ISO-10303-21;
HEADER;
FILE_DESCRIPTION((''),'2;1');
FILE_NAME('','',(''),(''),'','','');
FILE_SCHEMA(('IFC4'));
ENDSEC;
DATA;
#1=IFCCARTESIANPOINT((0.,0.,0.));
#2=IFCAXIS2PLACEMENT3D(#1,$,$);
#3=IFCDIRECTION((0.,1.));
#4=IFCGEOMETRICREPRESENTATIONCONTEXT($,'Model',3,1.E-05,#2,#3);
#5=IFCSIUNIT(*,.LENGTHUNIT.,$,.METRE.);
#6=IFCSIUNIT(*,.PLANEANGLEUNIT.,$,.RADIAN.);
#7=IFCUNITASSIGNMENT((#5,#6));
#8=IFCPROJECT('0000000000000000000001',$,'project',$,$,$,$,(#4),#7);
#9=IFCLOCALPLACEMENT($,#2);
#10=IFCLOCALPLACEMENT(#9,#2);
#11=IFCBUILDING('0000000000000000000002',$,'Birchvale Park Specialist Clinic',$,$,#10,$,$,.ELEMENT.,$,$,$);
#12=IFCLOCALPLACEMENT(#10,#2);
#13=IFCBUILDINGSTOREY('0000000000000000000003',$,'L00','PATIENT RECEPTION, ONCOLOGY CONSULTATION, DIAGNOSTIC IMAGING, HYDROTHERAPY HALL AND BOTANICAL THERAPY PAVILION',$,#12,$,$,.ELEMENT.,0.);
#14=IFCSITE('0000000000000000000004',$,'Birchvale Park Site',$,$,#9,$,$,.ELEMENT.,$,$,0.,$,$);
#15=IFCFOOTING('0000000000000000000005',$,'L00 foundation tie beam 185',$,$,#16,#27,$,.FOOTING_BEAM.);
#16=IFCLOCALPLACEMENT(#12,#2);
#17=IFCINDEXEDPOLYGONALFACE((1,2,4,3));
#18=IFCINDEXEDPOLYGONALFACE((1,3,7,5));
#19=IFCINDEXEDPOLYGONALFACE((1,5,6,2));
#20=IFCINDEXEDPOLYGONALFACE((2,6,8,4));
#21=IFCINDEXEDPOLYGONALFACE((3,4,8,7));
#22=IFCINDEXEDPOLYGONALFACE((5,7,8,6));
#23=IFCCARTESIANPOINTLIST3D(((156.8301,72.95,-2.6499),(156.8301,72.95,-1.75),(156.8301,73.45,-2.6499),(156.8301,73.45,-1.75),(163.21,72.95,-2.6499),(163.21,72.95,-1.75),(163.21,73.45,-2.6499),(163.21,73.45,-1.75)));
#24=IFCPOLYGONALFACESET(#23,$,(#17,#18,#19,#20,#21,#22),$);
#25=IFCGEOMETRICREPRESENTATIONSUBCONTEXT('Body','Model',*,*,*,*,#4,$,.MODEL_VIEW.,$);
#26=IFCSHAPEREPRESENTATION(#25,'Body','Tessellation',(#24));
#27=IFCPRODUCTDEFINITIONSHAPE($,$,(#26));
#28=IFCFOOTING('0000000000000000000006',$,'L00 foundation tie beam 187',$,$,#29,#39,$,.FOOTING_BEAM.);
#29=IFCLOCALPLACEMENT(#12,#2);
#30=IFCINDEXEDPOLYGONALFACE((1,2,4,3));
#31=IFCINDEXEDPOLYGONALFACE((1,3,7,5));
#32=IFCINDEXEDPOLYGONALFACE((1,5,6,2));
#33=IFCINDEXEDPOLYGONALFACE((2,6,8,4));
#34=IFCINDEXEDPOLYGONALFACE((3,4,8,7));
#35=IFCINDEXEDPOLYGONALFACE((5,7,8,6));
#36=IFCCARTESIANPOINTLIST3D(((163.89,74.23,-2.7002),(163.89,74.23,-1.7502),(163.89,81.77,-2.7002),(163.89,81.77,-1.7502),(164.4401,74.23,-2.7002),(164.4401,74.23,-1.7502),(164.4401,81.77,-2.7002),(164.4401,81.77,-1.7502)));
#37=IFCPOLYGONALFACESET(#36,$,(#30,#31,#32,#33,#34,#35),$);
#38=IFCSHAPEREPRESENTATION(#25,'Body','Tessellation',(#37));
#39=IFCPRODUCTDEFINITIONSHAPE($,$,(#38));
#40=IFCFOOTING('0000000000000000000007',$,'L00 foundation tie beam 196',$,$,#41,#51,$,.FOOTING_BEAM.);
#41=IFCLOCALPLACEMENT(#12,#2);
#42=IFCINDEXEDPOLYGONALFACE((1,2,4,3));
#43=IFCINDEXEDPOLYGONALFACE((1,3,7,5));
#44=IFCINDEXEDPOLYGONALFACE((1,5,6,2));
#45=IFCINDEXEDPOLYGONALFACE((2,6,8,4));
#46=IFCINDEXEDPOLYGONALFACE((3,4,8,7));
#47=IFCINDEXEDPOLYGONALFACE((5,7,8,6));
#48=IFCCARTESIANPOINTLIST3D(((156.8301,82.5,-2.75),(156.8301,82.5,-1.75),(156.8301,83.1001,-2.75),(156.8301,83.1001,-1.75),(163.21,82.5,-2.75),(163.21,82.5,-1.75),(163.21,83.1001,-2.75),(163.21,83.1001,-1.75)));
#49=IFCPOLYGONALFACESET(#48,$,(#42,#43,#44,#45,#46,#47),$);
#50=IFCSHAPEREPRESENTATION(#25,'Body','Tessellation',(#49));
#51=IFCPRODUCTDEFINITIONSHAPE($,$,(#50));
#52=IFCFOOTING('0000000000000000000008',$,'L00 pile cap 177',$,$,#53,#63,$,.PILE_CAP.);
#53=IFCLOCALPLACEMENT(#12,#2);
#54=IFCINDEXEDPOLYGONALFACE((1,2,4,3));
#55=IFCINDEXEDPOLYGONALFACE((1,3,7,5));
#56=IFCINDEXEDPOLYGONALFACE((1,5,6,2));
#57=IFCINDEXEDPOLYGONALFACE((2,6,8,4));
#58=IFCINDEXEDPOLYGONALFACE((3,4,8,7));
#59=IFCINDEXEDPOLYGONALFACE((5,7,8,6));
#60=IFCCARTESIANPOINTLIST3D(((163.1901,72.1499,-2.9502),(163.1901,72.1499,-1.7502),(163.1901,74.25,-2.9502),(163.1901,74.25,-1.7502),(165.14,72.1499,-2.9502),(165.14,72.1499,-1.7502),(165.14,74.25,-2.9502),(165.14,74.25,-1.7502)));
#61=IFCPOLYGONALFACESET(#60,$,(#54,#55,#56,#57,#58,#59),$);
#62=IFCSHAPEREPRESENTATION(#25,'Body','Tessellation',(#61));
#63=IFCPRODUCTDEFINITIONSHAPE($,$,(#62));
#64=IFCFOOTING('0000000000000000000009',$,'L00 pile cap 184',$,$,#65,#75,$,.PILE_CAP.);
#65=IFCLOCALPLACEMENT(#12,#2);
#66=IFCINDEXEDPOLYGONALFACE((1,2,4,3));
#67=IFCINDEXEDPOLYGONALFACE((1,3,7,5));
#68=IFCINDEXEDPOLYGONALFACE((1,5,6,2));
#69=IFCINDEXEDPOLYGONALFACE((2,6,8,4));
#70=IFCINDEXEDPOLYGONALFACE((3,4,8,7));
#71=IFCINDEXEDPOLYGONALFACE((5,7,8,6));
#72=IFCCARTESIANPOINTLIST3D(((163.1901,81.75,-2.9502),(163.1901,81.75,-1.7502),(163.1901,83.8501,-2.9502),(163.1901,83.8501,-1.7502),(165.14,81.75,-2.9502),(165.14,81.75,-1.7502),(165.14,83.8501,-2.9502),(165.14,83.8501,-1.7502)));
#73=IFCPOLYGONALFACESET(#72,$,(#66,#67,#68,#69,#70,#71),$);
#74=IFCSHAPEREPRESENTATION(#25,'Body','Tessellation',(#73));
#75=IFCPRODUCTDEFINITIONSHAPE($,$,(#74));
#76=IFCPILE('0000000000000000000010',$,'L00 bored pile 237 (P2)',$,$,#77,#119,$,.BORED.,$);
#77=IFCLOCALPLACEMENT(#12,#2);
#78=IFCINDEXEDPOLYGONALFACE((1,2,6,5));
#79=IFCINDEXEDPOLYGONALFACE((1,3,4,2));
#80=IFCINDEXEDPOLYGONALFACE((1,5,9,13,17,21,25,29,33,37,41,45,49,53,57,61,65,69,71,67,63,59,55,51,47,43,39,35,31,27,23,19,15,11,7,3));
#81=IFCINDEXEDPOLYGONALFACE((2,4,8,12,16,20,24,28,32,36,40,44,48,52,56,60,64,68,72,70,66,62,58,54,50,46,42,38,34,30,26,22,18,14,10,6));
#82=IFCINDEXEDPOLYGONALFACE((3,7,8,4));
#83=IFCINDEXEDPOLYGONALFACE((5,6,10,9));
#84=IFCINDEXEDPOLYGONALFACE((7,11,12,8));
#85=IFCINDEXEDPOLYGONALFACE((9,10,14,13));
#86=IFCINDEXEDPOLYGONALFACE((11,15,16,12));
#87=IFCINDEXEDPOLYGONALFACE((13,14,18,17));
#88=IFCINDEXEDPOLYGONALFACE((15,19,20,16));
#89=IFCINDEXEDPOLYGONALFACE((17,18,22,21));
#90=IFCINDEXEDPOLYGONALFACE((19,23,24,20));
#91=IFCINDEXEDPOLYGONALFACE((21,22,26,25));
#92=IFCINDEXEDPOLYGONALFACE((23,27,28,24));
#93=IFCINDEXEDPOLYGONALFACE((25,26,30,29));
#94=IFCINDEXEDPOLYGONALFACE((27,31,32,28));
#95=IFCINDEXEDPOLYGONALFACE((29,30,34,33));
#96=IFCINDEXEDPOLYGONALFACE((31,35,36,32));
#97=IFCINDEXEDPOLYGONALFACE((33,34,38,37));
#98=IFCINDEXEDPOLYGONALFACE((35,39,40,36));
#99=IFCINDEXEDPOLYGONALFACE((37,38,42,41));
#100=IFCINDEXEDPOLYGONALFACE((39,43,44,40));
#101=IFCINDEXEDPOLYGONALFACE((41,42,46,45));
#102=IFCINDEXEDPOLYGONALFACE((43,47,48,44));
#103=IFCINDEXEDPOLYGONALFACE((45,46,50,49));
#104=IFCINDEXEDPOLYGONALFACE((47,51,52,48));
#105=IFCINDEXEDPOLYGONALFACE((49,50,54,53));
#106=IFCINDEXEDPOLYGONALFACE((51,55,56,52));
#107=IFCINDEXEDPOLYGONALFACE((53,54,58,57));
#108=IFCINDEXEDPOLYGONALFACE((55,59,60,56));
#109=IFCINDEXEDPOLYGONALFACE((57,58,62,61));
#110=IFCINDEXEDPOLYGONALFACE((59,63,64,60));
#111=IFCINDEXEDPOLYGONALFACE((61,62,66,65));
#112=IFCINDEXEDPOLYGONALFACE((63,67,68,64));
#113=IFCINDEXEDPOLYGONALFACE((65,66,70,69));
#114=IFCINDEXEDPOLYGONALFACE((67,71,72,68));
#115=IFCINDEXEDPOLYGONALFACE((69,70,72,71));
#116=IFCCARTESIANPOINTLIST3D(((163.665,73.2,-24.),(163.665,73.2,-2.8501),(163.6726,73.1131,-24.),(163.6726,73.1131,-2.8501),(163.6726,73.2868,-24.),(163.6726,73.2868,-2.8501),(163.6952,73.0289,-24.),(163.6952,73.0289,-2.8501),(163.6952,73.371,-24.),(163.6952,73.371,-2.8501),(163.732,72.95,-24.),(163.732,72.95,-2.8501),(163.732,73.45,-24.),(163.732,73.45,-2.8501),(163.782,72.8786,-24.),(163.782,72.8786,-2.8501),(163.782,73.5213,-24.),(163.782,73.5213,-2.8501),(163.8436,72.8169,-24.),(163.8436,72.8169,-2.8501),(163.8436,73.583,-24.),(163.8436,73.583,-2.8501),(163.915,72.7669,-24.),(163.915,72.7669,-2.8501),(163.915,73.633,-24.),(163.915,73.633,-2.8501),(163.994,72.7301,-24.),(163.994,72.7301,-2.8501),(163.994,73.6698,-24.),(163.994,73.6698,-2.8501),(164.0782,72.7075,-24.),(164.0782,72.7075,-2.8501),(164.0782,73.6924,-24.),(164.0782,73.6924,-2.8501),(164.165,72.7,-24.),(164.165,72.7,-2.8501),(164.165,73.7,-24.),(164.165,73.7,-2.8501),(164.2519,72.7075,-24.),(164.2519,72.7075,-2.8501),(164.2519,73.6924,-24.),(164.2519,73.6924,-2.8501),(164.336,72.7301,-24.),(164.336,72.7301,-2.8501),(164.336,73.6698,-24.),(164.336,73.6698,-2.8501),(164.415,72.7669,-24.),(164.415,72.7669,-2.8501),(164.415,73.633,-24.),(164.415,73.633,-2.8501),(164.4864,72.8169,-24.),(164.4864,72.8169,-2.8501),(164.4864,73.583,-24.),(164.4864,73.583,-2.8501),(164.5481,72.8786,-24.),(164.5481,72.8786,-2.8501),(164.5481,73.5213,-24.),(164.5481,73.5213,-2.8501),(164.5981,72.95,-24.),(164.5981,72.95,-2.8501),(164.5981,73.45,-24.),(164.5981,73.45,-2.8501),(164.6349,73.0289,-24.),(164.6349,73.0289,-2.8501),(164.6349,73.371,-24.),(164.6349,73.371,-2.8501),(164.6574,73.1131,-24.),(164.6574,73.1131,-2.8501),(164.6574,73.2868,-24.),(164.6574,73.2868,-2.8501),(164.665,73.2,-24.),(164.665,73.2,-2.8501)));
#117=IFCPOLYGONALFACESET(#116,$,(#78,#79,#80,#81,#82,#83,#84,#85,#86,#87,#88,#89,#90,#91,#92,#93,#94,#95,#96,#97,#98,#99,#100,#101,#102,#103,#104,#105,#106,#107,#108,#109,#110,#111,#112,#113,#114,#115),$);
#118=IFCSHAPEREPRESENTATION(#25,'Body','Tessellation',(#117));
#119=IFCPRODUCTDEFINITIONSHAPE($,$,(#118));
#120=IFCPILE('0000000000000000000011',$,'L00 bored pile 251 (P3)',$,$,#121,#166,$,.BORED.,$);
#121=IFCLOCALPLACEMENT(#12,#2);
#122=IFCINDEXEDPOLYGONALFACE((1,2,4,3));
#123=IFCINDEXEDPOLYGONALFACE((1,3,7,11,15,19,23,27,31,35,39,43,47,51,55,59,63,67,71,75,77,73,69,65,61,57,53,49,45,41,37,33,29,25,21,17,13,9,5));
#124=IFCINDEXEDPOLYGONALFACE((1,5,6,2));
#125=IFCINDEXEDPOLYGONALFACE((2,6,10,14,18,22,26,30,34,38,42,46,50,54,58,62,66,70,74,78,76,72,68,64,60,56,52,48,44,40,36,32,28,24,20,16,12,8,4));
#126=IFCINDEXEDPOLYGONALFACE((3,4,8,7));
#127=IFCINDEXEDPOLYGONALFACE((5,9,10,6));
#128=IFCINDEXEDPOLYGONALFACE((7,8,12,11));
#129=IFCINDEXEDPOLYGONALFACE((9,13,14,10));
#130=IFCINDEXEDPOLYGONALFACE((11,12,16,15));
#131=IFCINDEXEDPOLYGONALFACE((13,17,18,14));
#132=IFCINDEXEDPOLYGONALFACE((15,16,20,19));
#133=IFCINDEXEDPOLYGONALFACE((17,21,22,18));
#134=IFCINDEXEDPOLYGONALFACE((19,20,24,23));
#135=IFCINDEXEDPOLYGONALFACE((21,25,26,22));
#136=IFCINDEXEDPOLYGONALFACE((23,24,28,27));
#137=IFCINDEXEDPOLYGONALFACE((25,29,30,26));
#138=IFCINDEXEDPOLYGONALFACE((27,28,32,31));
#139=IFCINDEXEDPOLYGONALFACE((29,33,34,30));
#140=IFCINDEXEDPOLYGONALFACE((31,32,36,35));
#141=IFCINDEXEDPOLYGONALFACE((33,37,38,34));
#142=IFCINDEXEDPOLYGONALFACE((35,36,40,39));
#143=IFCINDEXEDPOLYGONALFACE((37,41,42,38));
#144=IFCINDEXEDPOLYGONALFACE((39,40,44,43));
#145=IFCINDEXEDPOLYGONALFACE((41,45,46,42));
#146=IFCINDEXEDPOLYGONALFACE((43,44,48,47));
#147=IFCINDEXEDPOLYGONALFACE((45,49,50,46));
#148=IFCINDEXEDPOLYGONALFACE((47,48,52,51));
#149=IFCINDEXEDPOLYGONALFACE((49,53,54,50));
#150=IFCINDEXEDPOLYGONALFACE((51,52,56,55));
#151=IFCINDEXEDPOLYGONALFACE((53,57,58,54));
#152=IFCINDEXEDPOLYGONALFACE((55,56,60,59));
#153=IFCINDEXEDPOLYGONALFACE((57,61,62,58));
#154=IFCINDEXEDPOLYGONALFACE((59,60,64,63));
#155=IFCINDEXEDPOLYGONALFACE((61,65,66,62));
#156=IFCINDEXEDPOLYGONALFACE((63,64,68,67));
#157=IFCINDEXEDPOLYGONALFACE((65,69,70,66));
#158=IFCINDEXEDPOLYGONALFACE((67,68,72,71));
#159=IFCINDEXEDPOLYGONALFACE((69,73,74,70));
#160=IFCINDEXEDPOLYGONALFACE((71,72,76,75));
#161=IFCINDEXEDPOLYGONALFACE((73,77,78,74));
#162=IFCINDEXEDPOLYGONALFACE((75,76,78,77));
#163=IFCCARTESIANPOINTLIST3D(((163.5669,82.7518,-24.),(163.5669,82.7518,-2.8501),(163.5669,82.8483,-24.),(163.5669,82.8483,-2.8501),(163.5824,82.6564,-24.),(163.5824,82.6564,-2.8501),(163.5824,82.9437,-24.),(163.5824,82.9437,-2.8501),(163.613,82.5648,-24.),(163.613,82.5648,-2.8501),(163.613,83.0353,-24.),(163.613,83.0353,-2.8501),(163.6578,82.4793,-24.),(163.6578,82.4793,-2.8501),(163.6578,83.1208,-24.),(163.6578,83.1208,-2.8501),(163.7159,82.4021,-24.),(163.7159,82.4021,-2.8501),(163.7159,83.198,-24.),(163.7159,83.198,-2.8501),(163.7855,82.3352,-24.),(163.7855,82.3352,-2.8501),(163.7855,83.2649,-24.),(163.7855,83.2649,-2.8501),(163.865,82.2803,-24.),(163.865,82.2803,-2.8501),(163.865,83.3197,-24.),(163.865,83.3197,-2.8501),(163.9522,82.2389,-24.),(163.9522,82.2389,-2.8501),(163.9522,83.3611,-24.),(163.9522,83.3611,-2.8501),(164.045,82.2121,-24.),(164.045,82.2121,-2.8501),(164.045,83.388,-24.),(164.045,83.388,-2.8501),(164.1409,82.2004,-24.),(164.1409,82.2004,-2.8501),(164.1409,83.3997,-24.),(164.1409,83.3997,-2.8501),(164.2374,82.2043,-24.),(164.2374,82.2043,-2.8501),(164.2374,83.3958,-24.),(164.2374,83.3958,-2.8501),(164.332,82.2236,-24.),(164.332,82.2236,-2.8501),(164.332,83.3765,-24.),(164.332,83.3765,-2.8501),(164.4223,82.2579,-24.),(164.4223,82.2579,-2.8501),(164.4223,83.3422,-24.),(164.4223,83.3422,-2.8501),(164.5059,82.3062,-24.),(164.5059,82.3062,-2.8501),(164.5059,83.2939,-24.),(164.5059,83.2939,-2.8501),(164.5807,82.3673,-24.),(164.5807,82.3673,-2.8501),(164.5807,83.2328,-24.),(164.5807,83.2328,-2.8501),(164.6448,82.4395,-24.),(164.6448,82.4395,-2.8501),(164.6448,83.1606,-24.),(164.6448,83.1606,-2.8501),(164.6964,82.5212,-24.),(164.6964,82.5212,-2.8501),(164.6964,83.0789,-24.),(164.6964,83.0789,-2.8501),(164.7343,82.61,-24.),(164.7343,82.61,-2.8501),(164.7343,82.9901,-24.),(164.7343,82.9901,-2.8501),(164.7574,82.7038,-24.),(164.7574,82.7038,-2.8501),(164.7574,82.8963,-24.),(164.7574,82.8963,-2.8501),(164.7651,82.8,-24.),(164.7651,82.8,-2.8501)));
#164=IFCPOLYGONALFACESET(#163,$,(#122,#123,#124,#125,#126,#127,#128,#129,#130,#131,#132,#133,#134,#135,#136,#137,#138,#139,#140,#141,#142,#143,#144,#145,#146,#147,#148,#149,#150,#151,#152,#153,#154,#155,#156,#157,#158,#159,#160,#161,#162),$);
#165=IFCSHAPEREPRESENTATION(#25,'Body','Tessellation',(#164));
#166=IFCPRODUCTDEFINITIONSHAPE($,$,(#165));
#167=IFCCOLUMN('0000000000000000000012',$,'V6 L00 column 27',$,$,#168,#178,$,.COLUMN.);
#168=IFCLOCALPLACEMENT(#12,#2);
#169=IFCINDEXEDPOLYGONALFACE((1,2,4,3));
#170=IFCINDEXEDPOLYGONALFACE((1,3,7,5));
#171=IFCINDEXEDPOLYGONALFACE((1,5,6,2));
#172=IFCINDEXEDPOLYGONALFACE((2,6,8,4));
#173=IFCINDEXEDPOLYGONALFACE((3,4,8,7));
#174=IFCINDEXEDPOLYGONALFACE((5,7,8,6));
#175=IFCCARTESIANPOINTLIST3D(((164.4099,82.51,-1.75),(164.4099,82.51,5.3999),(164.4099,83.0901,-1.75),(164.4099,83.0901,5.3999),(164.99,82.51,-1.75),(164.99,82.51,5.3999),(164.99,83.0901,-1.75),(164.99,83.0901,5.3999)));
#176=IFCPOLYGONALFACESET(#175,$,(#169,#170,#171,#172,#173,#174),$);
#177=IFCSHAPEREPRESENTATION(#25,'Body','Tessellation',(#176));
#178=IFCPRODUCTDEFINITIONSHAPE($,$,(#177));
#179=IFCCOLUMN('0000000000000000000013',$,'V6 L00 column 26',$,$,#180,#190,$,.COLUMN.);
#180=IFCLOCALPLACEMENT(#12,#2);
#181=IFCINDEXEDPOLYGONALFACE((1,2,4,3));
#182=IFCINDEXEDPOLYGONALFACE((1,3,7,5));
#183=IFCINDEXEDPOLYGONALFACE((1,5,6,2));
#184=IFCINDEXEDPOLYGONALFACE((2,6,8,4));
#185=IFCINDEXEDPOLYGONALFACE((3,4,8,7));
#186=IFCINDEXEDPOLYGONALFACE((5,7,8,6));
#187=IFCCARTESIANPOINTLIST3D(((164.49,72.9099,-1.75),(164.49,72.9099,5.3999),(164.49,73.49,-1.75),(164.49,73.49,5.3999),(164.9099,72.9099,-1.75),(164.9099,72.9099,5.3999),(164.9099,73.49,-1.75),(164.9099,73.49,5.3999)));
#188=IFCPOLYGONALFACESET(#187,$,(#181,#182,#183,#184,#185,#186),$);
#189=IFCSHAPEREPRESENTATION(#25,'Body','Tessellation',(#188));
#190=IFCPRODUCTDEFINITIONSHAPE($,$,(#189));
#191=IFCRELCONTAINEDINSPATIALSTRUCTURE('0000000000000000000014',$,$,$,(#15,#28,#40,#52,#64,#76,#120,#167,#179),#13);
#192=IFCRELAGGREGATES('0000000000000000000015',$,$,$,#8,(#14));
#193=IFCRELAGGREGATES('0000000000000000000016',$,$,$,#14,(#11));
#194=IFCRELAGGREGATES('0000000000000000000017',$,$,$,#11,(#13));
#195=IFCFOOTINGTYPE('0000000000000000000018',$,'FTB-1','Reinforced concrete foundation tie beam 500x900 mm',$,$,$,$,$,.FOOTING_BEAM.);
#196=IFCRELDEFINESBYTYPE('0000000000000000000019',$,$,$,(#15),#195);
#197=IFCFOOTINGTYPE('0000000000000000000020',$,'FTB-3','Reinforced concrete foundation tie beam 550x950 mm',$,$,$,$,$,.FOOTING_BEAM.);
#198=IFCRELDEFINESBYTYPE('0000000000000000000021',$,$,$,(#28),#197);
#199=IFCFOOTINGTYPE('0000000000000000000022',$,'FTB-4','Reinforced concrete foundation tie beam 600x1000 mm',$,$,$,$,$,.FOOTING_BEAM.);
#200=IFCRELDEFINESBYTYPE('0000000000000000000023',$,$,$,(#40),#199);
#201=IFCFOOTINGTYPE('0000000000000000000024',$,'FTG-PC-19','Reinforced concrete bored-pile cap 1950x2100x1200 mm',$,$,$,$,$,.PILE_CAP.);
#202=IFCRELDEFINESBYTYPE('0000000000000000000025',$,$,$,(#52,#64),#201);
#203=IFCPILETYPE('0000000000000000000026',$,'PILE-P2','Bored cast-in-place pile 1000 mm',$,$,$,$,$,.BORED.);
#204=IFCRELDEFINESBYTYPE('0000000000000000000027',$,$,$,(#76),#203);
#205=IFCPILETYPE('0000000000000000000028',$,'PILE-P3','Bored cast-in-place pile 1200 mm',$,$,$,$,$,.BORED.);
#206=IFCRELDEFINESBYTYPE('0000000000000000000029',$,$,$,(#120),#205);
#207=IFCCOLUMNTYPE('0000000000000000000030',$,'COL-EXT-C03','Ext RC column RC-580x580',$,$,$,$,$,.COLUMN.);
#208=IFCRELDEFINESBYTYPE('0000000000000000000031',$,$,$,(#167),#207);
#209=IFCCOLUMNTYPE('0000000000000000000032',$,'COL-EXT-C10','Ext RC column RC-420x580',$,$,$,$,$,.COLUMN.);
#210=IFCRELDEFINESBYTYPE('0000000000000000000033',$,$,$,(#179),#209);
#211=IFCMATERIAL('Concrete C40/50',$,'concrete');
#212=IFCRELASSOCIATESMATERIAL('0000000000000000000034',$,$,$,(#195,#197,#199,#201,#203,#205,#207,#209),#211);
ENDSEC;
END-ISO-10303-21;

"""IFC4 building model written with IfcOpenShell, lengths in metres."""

from ifc_helpers import new_model, si_unit, direction, frame, origin, origin_2d, place, context, subcontext, project, spatial, rectangle, circle, extrude, material, material_profile, profile_set, type_object, element, save


model = new_model("IFC4")

# Units and contexts
model_context = context("Model", 3, precision=1e-05, world=origin(), true_north=direction((0.0, 1.0)))
body_context = subcontext(model_context, "Body", "Model", "MODEL_VIEW")
ifc_project = project(units=[si_unit("LENGTHUNIT", "METRE"), si_unit("PLANEANGLEUNIT", "RADIAN")], contexts=[model_context])

# Site, building, storey
site_placement = place(None, origin())
site = spatial("IfcSite", under=ifc_project, at=site_placement, Name="Birchvale Park Site", CompositionType="ELEMENT", RefElevation=0.0)
building_placement = place(site_placement, origin())
building = spatial("IfcBuilding", under=site, at=building_placement, Name="Birchvale Park Specialist Clinic", CompositionType="ELEMENT")
storey_placement = place(building_placement, origin())
storey = spatial("IfcBuildingStorey", under=building, at=storey_placement, Name="L00", Description="PATIENT RECEPTION, ONCOLOGY CONSULTATION, DIAGNOSTIC IMAGING, HYDROTHERAPY HALL AND BOTANICAL THERAPY PAVILION", CompositionType="ELEMENT", Elevation=0.0)

# Footings
ifc_material_1 = material(Name="Concrete C40/50", Category="concrete")
footing_type_1 = type_object("IfcFootingType", Name="FTB-1", Description="Reinforced concrete foundation tie beam 500x900 mm", PredefinedType="FOOTING_BEAM", material=ifc_material_1)
footing_1_placement = place(storey_placement, frame((160.02, 73.2, -2.6499), z_axis=(0.0, 0.0, 1.0), x_axis=(1.0, 0.0, 0.0)))
element("IfcFooting", 1, at=footing_1_placement, inside=storey, type_object=footing_type_1, Name="L00 foundation tie beam 185", PredefinedType="FOOTING_BEAM", context=body_context, shape_type="SweptSolid", body=[
    extrude(rectangle(XDim=6.3799, YDim=0.5, at=origin_2d()), origin(), (0.0, 0.0, 1.0), 0.8999),
])
footing_type_2 = type_object("IfcFootingType", Name="FTB-3", Description="Reinforced concrete foundation tie beam 550x950 mm", PredefinedType="FOOTING_BEAM", material=ifc_material_1)
footing_2_placement = place(storey_placement, frame((164.165, 78.0, -2.7002), z_axis=(0.0, 0.0, 1.0), x_axis=(1.0, 0.0, 0.0)))
element("IfcFooting", 2, at=footing_2_placement, inside=storey, type_object=footing_type_2, Name="L00 foundation tie beam 187", PredefinedType="FOOTING_BEAM", context=body_context, shape_type="SweptSolid", body=[
    extrude(rectangle(XDim=0.55, YDim=7.54, at=origin_2d()), origin(), (0.0, 0.0, 1.0), 0.95),
])
footing_type_3 = type_object("IfcFootingType", Name="FTB-4", Description="Reinforced concrete foundation tie beam 600x1000 mm", PredefinedType="FOOTING_BEAM", material=ifc_material_1)
footing_3_placement = place(storey_placement, frame((160.02, 82.8, -2.75), z_axis=(0.0, 0.0, 1.0), x_axis=(1.0, 0.0, 0.0)))
element("IfcFooting", 3, at=footing_3_placement, inside=storey, type_object=footing_type_3, Name="L00 foundation tie beam 196", PredefinedType="FOOTING_BEAM", context=body_context, shape_type="SweptSolid", body=[
    extrude(rectangle(XDim=6.3799, YDim=0.6001, at=origin_2d()), origin(), (0.0, 0.0, 1.0), 1.0),
])
footing_type_4 = type_object("IfcFootingType", Name="FTG-PC-19", Description="Reinforced concrete bored-pile cap 1950x2100x1200 mm", PredefinedType="PILE_CAP", material=ifc_material_1)
for number, where, z_axis, x_axis, name in (
    (4, (164.165, 73.2, -2.9502), (0.0, 0.0, 1.0), (1.0, 0.0, 0.0), "L00 pile cap 177"),
    (5, (164.165, 82.8, -2.9502), (0.0, 0.0, 1.0), (1.0, 0.0, 0.0), "L00 pile cap 184"),
):
    element("IfcFooting", number, at=place(storey_placement, frame(where, z_axis=z_axis, x_axis=x_axis)), inside=storey, type_object=footing_type_4, Name=name, PredefinedType="PILE_CAP", context=body_context, shape_type="SweptSolid", body=[
        extrude(rectangle(XDim=1.95, YDim=2.1001, at=origin_2d()), origin(), (0.0, 0.0, 1.0), 1.2),
    ])

# Piles
ifc_material_profile_1 = material_profile(ifc_material_1, circle(Radius=0.5, at=origin_2d()), Name="PILE-1000")
ifc_profile_set_1 = profile_set([ifc_material_profile_1], Name="Concrete C40/50")
pile_type_1 = type_object("IfcPileType", Name="PILE-P2", Description="Bored cast-in-place pile 1000 mm", PredefinedType="BORED", material=ifc_profile_set_1)
pile_1_placement = place(storey_placement, frame((164.165, 73.2, -2.8501), z_axis=(0.0, 0.0, -1.0), x_axis=(1.0, 0.0, 0.0)))
element("IfcPile", 6, at=pile_1_placement, inside=storey, type_object=pile_type_1, Name="L00 bored pile 237 (P2)", PredefinedType="BORED", context=body_context, shape_type="SweptSolid", body=[
    extrude(circle(Radius=0.5, at=origin_2d()), origin(), (0.0, 0.0, 1.0), 21.1499),
])
ifc_material_profile_2 = material_profile(ifc_material_1, circle(Radius=0.6001, at=origin_2d()), Name="PILE-1200")
ifc_profile_set_2 = profile_set([ifc_material_profile_2], Name="Concrete C40/50")
pile_type_2 = type_object("IfcPileType", Name="PILE-P3", Description="Bored cast-in-place pile 1200 mm", PredefinedType="BORED", material=ifc_profile_set_2)
pile_2_placement = place(storey_placement, frame((164.165, 82.8, -2.8501), z_axis=(0.0, 0.0, -1.0), x_axis=(1.0, 0.0, 0.0)))
element("IfcPile", 7, at=pile_2_placement, inside=storey, type_object=pile_type_2, Name="L00 bored pile 251 (P3)", PredefinedType="BORED", context=body_context, shape_type="SweptSolid", body=[
    extrude(circle(Radius=0.6001, at=origin_2d()), origin(), (0.0, 0.0, 1.0), 21.1499),
])

# Columns
ifc_material_profile_3 = material_profile(ifc_material_1, rectangle(XDim=0.5801, YDim=0.5801, at=origin_2d()), Name="RC-580x580")
ifc_profile_set_3 = profile_set([ifc_material_profile_3], Name="Concrete C40/50")
column_type_1 = type_object("IfcColumnType", Name="COL-EXT-C03", Description="Ext RC column RC-580x580", PredefinedType="COLUMN", material=ifc_profile_set_3)
column_1_placement = place(storey_placement, frame((164.7, 82.8, -1.75), z_axis=(0.0, 0.0, 1.0), x_axis=(1.0, 0.0, 0.0)))
element("IfcColumn", 8, at=column_1_placement, inside=storey, type_object=column_type_1, Name="V6 L00 column 27", PredefinedType="COLUMN", context=body_context, shape_type="SweptSolid", body=[
    extrude(rectangle(XDim=0.5801, YDim=0.5801, at=origin_2d()), origin(), (0.0, 0.0, 1.0), 7.1499),
])
ifc_material_profile_4 = material_profile(ifc_material_1, rectangle(XDim=0.4199, YDim=0.5801, at=origin_2d()), Name="RC-420x580")
ifc_profile_set_4 = profile_set([ifc_material_profile_4], Name="Concrete C40/50")
column_type_2 = type_object("IfcColumnType", Name="COL-EXT-C10", Description="Ext RC column RC-420x580", PredefinedType="COLUMN", material=ifc_profile_set_4)
column_2_placement = place(storey_placement, frame((164.7, 73.2, -1.75), z_axis=(0.0, 0.0, 1.0), x_axis=(1.0, 0.0, 0.0)))
element("IfcColumn", 9, at=column_2_placement, inside=storey, type_object=column_type_2, Name="V6 L00 column 26", PredefinedType="COLUMN", context=body_context, shape_type="SweptSolid", body=[
    extrude(rectangle(XDim=0.4199, YDim=0.5801, at=origin_2d()), origin(), (0.0, 0.0, 1.0), 7.1499),
])

save(model, "model.ifc")
